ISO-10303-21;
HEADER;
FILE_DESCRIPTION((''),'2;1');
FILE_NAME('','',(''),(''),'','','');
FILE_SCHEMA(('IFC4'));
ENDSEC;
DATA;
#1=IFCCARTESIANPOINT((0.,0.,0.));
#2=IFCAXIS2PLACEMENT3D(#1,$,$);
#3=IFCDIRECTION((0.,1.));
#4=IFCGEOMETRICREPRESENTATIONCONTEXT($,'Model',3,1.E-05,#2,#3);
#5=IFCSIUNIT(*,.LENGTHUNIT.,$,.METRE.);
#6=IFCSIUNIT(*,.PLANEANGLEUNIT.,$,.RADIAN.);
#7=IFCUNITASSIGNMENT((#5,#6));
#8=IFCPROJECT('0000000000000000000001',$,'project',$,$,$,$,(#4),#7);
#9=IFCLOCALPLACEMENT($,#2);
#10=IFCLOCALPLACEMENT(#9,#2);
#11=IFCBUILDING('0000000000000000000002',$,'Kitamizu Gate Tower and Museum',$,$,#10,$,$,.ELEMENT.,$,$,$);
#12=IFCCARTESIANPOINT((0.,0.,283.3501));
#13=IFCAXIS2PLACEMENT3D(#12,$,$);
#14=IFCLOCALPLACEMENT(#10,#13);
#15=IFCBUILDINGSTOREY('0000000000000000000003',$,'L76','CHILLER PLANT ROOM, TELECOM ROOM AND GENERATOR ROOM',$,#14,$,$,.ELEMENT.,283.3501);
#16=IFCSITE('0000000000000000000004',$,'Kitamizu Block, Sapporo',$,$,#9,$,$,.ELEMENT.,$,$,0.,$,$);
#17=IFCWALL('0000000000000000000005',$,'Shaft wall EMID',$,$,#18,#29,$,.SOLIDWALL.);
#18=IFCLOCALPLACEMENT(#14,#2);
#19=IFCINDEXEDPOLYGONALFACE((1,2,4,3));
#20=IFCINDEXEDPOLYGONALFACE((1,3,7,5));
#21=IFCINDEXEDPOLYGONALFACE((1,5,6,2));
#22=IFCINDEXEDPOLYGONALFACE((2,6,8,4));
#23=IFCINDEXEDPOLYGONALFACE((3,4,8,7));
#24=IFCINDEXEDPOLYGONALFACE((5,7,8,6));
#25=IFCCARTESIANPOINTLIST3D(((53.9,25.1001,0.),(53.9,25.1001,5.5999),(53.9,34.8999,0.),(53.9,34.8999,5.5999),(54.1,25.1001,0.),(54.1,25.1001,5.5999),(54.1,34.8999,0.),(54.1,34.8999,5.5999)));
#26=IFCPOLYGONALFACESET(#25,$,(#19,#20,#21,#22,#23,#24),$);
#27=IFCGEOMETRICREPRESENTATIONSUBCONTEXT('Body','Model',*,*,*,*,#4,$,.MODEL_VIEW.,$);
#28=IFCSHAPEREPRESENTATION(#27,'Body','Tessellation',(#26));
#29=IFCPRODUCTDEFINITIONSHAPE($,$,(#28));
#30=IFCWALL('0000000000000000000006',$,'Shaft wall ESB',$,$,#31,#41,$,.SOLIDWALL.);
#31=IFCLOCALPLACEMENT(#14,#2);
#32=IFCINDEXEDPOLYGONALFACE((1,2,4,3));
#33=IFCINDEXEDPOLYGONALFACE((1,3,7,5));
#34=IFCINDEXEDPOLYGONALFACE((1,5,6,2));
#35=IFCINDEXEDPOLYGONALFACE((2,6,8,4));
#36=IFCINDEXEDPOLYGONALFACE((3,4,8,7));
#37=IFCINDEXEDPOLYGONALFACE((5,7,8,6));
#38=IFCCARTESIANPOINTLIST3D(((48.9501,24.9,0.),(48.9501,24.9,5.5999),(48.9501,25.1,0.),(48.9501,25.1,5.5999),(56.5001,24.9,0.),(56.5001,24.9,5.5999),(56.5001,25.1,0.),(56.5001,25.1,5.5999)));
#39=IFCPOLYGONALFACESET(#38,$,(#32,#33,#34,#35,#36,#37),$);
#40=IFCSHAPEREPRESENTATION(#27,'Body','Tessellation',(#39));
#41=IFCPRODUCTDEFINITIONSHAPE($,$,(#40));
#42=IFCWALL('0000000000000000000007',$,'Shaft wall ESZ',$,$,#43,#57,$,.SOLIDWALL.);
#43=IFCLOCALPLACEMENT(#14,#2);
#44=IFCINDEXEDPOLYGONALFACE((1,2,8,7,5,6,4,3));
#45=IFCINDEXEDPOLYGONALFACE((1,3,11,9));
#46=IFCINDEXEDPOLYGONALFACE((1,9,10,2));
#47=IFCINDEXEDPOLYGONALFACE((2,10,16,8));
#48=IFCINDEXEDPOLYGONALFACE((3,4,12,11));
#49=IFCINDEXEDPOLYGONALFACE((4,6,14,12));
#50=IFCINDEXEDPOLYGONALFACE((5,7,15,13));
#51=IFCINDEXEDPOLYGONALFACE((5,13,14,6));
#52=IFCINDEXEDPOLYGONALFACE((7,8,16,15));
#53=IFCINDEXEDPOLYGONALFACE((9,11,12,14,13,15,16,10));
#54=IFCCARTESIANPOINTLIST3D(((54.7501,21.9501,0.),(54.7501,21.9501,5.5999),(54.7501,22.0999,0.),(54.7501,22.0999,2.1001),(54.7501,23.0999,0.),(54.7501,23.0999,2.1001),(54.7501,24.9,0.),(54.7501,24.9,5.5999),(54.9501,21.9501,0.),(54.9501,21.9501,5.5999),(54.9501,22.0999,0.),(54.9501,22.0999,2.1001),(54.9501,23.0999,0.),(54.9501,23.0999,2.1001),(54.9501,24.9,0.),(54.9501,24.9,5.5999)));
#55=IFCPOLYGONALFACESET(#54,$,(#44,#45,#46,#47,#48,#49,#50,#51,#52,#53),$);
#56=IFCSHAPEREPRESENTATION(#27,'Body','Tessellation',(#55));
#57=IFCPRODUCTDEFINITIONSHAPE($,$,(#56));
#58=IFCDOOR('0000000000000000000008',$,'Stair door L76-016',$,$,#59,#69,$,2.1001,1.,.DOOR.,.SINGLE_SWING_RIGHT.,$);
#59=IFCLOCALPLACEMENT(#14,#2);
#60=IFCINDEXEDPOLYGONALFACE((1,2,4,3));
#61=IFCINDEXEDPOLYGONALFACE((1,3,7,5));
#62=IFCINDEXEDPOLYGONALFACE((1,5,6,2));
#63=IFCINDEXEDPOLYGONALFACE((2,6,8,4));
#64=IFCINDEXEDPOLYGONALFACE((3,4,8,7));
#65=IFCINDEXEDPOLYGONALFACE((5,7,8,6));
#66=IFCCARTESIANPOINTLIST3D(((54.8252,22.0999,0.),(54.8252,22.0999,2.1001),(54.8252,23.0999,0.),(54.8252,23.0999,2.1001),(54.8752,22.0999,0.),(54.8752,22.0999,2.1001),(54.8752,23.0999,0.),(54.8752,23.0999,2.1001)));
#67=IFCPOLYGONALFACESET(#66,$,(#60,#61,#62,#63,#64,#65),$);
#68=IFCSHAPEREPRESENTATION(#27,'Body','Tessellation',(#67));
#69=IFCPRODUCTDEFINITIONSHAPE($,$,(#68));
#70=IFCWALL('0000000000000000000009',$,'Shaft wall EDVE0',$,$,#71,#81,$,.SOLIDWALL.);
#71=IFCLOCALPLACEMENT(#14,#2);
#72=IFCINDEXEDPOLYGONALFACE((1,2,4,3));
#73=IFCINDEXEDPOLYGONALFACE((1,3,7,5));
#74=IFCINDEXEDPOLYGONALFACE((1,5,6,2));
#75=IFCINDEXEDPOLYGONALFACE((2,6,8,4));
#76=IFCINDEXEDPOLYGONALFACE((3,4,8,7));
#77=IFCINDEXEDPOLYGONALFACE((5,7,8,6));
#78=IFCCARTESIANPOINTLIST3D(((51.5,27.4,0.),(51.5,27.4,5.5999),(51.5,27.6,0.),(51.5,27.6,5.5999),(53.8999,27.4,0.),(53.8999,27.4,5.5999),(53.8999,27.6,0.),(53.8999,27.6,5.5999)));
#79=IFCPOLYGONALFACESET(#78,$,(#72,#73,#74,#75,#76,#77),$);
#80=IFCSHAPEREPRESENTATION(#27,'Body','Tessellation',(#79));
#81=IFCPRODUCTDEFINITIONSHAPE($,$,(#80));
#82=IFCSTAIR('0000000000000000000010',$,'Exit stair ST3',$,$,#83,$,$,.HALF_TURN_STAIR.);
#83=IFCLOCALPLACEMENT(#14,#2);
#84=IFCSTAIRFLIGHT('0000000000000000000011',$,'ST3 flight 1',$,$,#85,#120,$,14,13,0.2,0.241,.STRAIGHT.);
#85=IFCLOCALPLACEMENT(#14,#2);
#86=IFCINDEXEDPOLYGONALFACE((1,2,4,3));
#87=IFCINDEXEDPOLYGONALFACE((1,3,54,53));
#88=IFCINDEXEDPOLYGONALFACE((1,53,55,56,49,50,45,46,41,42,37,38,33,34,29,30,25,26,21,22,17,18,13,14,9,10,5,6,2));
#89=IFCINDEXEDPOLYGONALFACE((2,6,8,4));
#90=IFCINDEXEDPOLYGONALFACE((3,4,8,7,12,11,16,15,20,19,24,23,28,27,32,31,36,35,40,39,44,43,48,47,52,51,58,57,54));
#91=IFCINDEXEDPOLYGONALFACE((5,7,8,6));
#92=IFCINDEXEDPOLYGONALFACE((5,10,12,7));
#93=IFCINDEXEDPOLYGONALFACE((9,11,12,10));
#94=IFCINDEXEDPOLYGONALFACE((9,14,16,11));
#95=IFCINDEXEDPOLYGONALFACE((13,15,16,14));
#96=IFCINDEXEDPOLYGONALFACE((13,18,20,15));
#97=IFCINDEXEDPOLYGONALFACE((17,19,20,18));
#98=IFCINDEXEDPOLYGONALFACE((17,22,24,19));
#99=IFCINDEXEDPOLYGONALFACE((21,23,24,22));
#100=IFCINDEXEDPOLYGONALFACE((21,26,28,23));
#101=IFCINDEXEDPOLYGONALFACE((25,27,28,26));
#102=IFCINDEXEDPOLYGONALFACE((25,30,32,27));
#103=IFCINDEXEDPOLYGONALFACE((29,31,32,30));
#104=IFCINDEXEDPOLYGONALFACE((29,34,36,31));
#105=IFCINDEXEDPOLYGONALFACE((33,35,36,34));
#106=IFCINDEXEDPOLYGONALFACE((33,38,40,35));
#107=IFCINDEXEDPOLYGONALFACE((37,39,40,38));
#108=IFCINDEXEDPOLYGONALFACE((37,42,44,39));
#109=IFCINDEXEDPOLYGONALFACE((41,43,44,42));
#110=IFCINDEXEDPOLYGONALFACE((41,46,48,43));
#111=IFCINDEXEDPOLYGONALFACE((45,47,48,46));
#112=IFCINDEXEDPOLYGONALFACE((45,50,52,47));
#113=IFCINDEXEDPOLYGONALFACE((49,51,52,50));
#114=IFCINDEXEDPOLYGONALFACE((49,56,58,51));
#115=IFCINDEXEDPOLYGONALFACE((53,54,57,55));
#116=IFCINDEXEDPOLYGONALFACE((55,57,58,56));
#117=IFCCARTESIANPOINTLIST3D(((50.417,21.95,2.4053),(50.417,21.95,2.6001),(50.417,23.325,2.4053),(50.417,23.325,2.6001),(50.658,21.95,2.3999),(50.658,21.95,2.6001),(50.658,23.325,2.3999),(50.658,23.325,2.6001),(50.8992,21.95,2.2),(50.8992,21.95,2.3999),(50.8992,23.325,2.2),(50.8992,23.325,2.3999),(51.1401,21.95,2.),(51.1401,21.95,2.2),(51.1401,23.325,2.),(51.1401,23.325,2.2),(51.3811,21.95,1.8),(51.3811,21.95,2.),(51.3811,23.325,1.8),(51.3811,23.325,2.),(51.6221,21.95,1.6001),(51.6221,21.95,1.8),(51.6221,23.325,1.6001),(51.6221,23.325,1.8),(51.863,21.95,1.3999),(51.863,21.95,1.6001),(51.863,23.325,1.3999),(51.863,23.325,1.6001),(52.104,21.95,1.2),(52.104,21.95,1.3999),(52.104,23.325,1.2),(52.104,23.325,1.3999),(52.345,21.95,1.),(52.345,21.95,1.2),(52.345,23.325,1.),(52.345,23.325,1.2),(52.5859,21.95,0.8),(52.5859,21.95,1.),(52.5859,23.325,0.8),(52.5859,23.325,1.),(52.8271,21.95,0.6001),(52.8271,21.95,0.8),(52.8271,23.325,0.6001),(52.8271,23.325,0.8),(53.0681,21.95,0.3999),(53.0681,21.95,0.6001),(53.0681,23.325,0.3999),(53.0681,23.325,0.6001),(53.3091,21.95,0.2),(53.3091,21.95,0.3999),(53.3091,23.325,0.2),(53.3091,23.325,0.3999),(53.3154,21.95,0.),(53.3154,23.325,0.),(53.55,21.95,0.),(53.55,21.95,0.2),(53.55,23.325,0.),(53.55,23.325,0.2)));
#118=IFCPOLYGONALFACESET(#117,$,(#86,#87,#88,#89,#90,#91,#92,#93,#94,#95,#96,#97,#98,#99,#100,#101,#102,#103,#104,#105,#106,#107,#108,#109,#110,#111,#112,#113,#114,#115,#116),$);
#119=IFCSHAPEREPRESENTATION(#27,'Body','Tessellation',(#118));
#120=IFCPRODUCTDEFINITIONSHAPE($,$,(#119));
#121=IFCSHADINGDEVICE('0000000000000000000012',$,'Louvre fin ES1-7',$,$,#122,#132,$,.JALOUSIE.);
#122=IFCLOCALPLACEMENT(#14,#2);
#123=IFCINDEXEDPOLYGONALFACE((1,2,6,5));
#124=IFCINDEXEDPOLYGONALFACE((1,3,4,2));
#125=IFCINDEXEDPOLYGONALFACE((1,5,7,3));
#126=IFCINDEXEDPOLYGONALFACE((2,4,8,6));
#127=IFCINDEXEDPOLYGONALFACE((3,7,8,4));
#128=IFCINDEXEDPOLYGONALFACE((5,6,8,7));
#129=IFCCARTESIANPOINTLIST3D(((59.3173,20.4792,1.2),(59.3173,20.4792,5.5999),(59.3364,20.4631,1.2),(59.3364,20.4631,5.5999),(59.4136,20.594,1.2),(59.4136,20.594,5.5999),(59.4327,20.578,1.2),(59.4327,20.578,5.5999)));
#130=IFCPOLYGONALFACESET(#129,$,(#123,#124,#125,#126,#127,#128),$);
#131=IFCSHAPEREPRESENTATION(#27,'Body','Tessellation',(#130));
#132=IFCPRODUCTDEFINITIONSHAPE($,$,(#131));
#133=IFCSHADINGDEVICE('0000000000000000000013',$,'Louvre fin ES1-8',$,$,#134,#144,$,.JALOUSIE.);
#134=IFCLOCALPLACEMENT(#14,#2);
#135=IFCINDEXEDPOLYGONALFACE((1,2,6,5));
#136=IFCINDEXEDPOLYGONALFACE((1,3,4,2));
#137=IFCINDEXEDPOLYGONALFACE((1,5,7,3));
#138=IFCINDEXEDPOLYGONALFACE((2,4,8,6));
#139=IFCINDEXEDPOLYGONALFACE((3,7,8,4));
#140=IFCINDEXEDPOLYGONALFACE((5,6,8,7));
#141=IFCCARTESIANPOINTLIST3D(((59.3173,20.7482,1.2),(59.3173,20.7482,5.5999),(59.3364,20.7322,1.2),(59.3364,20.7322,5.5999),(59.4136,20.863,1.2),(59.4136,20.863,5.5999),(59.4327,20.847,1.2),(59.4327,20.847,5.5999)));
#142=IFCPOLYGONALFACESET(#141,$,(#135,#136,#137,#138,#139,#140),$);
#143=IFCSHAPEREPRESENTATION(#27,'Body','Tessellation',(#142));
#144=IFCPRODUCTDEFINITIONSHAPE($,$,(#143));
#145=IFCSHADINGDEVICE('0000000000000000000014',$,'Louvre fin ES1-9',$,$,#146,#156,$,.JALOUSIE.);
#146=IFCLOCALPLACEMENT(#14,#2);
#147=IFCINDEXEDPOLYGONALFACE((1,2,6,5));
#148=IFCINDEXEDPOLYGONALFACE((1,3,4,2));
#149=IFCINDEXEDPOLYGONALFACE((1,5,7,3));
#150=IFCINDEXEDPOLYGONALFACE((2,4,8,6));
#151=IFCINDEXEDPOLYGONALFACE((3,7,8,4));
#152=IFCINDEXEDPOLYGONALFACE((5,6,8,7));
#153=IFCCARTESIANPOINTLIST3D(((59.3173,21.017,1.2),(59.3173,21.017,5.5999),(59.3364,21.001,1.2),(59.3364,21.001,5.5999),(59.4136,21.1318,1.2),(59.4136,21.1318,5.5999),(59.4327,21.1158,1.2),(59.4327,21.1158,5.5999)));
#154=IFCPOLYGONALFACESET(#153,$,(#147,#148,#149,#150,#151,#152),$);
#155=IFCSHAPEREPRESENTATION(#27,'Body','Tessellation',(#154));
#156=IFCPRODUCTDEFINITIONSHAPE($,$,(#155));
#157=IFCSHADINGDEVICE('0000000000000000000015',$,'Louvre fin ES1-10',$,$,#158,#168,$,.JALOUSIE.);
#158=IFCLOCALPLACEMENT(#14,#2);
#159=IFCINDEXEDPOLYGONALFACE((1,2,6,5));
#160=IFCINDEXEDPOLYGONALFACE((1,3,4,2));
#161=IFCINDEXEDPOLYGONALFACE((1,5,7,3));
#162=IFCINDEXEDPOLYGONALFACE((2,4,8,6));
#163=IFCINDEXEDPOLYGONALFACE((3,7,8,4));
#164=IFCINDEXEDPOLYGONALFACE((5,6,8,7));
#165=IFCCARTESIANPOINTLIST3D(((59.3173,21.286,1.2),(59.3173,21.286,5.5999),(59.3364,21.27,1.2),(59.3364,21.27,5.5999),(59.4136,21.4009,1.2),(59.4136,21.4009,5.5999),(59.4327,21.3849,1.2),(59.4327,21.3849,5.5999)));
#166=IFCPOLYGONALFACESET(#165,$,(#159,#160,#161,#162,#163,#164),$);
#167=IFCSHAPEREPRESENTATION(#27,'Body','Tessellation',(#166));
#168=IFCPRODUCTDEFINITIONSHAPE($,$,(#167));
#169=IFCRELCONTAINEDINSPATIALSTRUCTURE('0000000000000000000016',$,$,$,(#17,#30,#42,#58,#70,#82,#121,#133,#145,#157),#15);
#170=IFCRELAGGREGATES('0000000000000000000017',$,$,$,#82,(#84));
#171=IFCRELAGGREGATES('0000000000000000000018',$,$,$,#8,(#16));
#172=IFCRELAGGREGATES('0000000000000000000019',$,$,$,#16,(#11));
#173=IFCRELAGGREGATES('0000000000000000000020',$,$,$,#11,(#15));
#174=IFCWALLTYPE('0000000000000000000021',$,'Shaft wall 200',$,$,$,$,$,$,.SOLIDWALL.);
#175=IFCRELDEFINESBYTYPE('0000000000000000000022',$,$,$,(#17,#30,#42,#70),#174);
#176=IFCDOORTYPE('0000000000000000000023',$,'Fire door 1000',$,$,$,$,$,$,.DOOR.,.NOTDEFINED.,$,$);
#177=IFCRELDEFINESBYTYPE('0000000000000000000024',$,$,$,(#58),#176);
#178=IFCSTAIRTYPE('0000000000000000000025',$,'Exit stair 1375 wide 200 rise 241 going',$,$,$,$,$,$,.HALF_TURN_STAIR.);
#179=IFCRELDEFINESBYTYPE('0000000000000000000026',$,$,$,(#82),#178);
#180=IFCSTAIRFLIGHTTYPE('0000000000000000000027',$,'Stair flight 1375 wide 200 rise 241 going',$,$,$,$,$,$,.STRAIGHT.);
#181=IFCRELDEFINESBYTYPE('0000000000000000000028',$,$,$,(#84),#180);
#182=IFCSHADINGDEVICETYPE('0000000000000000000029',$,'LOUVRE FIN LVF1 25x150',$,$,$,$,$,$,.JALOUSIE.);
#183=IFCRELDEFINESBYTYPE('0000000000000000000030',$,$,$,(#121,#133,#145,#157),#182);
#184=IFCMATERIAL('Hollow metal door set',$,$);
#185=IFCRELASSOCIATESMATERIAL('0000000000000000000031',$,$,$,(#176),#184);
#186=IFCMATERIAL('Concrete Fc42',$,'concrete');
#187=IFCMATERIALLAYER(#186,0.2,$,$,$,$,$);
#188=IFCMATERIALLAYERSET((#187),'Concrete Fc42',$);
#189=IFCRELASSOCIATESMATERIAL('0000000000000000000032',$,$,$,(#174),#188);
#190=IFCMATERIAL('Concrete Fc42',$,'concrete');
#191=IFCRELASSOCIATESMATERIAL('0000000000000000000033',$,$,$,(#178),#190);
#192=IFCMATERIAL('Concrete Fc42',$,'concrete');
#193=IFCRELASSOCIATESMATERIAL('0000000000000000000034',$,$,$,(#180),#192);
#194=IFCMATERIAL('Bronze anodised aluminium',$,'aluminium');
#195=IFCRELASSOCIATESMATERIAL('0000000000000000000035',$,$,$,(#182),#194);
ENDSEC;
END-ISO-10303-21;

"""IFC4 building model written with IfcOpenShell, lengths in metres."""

from ifc_helpers import new_model, si_unit, direction, frame, frame_2d, origin, origin_2d, place, context, subcontext, project, spatial, polyline, rectangle, outline, extrude, material, layer, layer_set, material_profile, profile_set, type_object, element, fill, aggregate, save


model = new_model("IFC4")

# Units and contexts
model_context = context("Model", 3, precision=1e-05, world=origin(), true_north=direction((0.0, 1.0)))
body_context = subcontext(model_context, "Body", "Model", "MODEL_VIEW")
ifc_project = project(units=[si_unit("LENGTHUNIT", "METRE"), si_unit("PLANEANGLEUNIT", "RADIAN")], contexts=[model_context])

# Site, building, storey
site_placement = place(None, origin())
site = spatial("IfcSite", under=ifc_project, at=site_placement, Name="Kitamizu Block, Sapporo", CompositionType="ELEMENT", RefElevation=0.0)
building_placement = place(site_placement, origin())
building = spatial("IfcBuilding", under=site, at=building_placement, Name="Kitamizu Gate Tower and Museum", CompositionType="ELEMENT")
storey_placement = place(building_placement, frame((0.0, 0.0, 283.3501)))
storey = spatial("IfcBuildingStorey", under=building, at=storey_placement, Name="L76", Description="CHILLER PLANT ROOM, TELECOM ROOM AND GENERATOR ROOM", CompositionType="ELEMENT", Elevation=283.3501)

# Shared definitions
ifc_material_1 = material(Name="Hollow metal door set")
door_type_1 = type_object("IfcDoorType", Name="Fire door 1000", OperationType="NOTDEFINED", PredefinedType="DOOR", material=ifc_material_1)

# Shared definitions
ifc_material_2 = material(Name="Concrete Fc42", Category="concrete")
ifc_layer_1 = layer(ifc_material_2, 0.2)
ifc_layer_set_1 = layer_set([ifc_layer_1], Name="Concrete Fc42")
wall_type_1 = type_object("IfcWallType", Name="Shaft wall 200", PredefinedType="SOLIDWALL", material=ifc_layer_set_1)

# Walls
wall_1_placement = place(storey_placement, frame((54.0, 25.1001, 0.0), z_axis=(0.0, 0.0, 1.0), x_axis=(0.0, 1.0, 0.0)))
element("IfcWall", 1, at=wall_1_placement, inside=storey, type_object=wall_type_1, Name="Shaft wall EMID", PredefinedType="SOLIDWALL", context=body_context, shape_type="SweptSolid", body=[
    extrude(rectangle(XDim=9.7998, YDim=0.2, at=frame_2d((4.8999, 0.0))), origin(), (0.0, 0.0, 1.0), 5.5999),
])
wall_2_placement = place(storey_placement, frame((56.5, 25.0, 0.0), z_axis=(0.0, 0.0, 1.0), x_axis=(-1.0, 0.0, 0.0)))
element("IfcWall", 2, at=wall_2_placement, inside=storey, type_object=wall_type_1, Name="Shaft wall ESB", PredefinedType="SOLIDWALL", context=body_context, shape_type="SweptSolid", body=[
    extrude(rectangle(XDim=7.55, YDim=0.2, at=frame_2d((3.7749, 0.0))), origin(), (0.0, 0.0, 1.0), 5.5999),
])

# Wall, opening, door
wall_3_placement = place(storey_placement, frame((54.8501, 21.95, 0.0), z_axis=(0.0, 0.0, 1.0), x_axis=(0.0, 1.0, 0.0)))
wall_3 = element("IfcWall", 3, at=wall_3_placement, inside=storey, type_object=wall_type_1, Name="Shaft wall ESZ", PredefinedType="SOLIDWALL", context=body_context, shape_type="SweptSolid", body=[
    extrude(rectangle(XDim=2.95, YDim=0.2, at=frame_2d((1.4751, 0.0))), origin(), (0.0, 0.0, 1.0), 5.5999),
])
opening_1_placement = place(wall_3_placement, frame((0.1499, 0.0, 0.0)))
opening_1 = element("IfcOpeningElement", 4, at=opening_1_placement, cuts=wall_3, PredefinedType="OPENING", context=body_context, shape_type="SweptSolid", body=[
    extrude(rectangle(XDim=1.0, YDim=2.1001, at=frame_2d((0.5, 1.05))), frame((0.0, 0.1099, 0.0), z_axis=(0.0, -1.0, 0.0), x_axis=(1.0, 0.0, 0.0)), (0.0, 0.0, 1.0), 0.22),
])
door_1_placement = place(opening_1_placement, origin())
door_1 = element("IfcDoor", 5, at=door_1_placement, inside=storey, type_object=door_type_1, Name="Stair door L76-016", OperationType="SINGLE_SWING_RIGHT", OverallHeight=2.1001, OverallWidth=1.0, PredefinedType="DOOR", context=body_context, shape_type="SweptSolid", body=[
    extrude(rectangle(XDim=1.0, YDim=2.1001, at=frame_2d((0.5, 1.05))), frame((0.0, 0.0249, 0.0), z_axis=(0.0, -1.0, 0.0), x_axis=(1.0, 0.0, 0.0)), (0.0, 0.0, 1.0), 0.05),
])
fill(opening_1, door_1)

# Wall
wall_4_placement = place(storey_placement, frame((53.8999, 27.5, 0.0), z_axis=(0.0, 0.0, 1.0), x_axis=(-1.0, 0.0, 0.0)))
element("IfcWall", 6, at=wall_4_placement, inside=storey, type_object=wall_type_1, Name="Shaft wall EDVE0", PredefinedType="SOLIDWALL", context=body_context, shape_type="SweptSolid", body=[
    extrude(rectangle(XDim=2.3999, YDim=0.2, at=frame_2d((1.2, 0.0))), origin(), (0.0, 0.0, 1.0), 5.5999),
])

# Stair, stair flight
ifc_material_3 = material(Name="Concrete Fc42", Category="concrete")
stair_type = type_object("IfcStairType", Name="Exit stair 1375 wide 200 rise 241 going", PredefinedType="HALF_TURN_STAIR", material=ifc_material_3)
stair_placement = place(storey_placement, origin())
stair = element("IfcStair", 7, at=stair_placement, inside=storey, type_object=stair_type, Name="Exit stair ST3", PredefinedType="HALF_TURN_STAIR")
ifc_material_4 = material(Name="Concrete Fc42", Category="concrete")
stair_flight_type = type_object("IfcStairFlightType", Name="Stair flight 1375 wide 200 rise 241 going", PredefinedType="STRAIGHT", material=ifc_material_4)
stair_flight_placement = place(storey_placement, frame((53.55, 22.6375, 0.0), z_axis=(0.0, 0.0, 1.0), x_axis=(-1.0, 0.0, 0.0)))
stair_flight = element("IfcStairFlight", 8, at=stair_flight_placement, type_object=stair_flight_type, Name="ST3 flight 1", NumberOfRisers=14, NumberOfTreads=13, PredefinedType="STRAIGHT", RiserHeight=0.2, TreadLength=0.241, context=body_context, shape_type="SweptSolid", body=[
    extrude(outline(polyline([(0.0, 0.0), (0.0, 0.2), (0.241, 0.2), (0.241, 0.3999), (0.4819, 0.3999), (0.4819, 0.6001), (0.7229, 0.6001), (0.7229, 0.8), (0.9641, 0.8), (0.9641, 1.0), (1.2051, 1.0), (1.2051, 1.2), (1.446, 1.2), (1.446, 1.3999), (1.687, 1.3999), (1.687, 1.6001), (1.928, 1.6001), (1.928, 1.8), (2.1689, 1.8), (2.1689, 2.0), (2.4099, 2.0), (2.4099, 2.2), (2.6509, 2.2), (2.6509, 2.3999), (2.8921, 2.3999), (2.8921, 2.6001), (3.1331, 2.6001), (3.1331, 2.8), (3.1331, 2.4053), (0.2346, 0.0), (0.0, 0.0)])), frame((0.0, 0.6875, 0.0), z_axis=(0.0, -1.0, 0.0), x_axis=(1.0, 0.0, 0.0)), (0.0, 0.0, 1.0), 1.375),
])
aggregate(stair, [stair_flight])

# Shading devices
ifc_material_5 = material(Name="Bronze anodised aluminium", Category="aluminium")
ifc_material_profile = material_profile(ifc_material_5, rectangle(XDim=0.1499, YDim=0.0249, at=origin_2d()), Name="AL 25x150")
ifc_profile_set = profile_set([ifc_material_profile], Name="Bronze anodised aluminium")
shading_device_type = type_object("IfcShadingDeviceType", Name="LOUVRE FIN LVF1 25x150", PredefinedType="JALOUSIE", material=ifc_profile_set)
for number, where, z_axis, x_axis, name in (
    (9, (59.375, 20.5286, 1.2), (0.0, 0.0, 1.0), (0.642788, 0.766044, 0.0), "Louvre fin ES1-7"),
    (10, (59.375, 20.7976, 1.2), (0.0, 0.0, 1.0), (0.642788, 0.766044, 0.0), "Louvre fin ES1-8"),
    (11, (59.375, 21.0664, 1.2), (0.0, 0.0, 1.0), (0.642788, 0.766044, 0.0), "Louvre fin ES1-9"),
    (12, (59.375, 21.3354, 1.2), (0.0, 0.0, 1.0), (0.642788, 0.766044, 0.0), "Louvre fin ES1-10"),
):
    element("IfcShadingDevice", number, at=place(storey_placement, frame(where, z_axis=z_axis, x_axis=x_axis)), inside=storey, type_object=shading_device_type, Name=name, PredefinedType="JALOUSIE", context=body_context, shape_type="SweptSolid", body=[
        extrude(rectangle(XDim=0.1499, YDim=0.0249, at=origin_2d()), origin(), (0.0, 0.0, 1.0), 4.3999),
    ])

save(model, "model.ifc")
